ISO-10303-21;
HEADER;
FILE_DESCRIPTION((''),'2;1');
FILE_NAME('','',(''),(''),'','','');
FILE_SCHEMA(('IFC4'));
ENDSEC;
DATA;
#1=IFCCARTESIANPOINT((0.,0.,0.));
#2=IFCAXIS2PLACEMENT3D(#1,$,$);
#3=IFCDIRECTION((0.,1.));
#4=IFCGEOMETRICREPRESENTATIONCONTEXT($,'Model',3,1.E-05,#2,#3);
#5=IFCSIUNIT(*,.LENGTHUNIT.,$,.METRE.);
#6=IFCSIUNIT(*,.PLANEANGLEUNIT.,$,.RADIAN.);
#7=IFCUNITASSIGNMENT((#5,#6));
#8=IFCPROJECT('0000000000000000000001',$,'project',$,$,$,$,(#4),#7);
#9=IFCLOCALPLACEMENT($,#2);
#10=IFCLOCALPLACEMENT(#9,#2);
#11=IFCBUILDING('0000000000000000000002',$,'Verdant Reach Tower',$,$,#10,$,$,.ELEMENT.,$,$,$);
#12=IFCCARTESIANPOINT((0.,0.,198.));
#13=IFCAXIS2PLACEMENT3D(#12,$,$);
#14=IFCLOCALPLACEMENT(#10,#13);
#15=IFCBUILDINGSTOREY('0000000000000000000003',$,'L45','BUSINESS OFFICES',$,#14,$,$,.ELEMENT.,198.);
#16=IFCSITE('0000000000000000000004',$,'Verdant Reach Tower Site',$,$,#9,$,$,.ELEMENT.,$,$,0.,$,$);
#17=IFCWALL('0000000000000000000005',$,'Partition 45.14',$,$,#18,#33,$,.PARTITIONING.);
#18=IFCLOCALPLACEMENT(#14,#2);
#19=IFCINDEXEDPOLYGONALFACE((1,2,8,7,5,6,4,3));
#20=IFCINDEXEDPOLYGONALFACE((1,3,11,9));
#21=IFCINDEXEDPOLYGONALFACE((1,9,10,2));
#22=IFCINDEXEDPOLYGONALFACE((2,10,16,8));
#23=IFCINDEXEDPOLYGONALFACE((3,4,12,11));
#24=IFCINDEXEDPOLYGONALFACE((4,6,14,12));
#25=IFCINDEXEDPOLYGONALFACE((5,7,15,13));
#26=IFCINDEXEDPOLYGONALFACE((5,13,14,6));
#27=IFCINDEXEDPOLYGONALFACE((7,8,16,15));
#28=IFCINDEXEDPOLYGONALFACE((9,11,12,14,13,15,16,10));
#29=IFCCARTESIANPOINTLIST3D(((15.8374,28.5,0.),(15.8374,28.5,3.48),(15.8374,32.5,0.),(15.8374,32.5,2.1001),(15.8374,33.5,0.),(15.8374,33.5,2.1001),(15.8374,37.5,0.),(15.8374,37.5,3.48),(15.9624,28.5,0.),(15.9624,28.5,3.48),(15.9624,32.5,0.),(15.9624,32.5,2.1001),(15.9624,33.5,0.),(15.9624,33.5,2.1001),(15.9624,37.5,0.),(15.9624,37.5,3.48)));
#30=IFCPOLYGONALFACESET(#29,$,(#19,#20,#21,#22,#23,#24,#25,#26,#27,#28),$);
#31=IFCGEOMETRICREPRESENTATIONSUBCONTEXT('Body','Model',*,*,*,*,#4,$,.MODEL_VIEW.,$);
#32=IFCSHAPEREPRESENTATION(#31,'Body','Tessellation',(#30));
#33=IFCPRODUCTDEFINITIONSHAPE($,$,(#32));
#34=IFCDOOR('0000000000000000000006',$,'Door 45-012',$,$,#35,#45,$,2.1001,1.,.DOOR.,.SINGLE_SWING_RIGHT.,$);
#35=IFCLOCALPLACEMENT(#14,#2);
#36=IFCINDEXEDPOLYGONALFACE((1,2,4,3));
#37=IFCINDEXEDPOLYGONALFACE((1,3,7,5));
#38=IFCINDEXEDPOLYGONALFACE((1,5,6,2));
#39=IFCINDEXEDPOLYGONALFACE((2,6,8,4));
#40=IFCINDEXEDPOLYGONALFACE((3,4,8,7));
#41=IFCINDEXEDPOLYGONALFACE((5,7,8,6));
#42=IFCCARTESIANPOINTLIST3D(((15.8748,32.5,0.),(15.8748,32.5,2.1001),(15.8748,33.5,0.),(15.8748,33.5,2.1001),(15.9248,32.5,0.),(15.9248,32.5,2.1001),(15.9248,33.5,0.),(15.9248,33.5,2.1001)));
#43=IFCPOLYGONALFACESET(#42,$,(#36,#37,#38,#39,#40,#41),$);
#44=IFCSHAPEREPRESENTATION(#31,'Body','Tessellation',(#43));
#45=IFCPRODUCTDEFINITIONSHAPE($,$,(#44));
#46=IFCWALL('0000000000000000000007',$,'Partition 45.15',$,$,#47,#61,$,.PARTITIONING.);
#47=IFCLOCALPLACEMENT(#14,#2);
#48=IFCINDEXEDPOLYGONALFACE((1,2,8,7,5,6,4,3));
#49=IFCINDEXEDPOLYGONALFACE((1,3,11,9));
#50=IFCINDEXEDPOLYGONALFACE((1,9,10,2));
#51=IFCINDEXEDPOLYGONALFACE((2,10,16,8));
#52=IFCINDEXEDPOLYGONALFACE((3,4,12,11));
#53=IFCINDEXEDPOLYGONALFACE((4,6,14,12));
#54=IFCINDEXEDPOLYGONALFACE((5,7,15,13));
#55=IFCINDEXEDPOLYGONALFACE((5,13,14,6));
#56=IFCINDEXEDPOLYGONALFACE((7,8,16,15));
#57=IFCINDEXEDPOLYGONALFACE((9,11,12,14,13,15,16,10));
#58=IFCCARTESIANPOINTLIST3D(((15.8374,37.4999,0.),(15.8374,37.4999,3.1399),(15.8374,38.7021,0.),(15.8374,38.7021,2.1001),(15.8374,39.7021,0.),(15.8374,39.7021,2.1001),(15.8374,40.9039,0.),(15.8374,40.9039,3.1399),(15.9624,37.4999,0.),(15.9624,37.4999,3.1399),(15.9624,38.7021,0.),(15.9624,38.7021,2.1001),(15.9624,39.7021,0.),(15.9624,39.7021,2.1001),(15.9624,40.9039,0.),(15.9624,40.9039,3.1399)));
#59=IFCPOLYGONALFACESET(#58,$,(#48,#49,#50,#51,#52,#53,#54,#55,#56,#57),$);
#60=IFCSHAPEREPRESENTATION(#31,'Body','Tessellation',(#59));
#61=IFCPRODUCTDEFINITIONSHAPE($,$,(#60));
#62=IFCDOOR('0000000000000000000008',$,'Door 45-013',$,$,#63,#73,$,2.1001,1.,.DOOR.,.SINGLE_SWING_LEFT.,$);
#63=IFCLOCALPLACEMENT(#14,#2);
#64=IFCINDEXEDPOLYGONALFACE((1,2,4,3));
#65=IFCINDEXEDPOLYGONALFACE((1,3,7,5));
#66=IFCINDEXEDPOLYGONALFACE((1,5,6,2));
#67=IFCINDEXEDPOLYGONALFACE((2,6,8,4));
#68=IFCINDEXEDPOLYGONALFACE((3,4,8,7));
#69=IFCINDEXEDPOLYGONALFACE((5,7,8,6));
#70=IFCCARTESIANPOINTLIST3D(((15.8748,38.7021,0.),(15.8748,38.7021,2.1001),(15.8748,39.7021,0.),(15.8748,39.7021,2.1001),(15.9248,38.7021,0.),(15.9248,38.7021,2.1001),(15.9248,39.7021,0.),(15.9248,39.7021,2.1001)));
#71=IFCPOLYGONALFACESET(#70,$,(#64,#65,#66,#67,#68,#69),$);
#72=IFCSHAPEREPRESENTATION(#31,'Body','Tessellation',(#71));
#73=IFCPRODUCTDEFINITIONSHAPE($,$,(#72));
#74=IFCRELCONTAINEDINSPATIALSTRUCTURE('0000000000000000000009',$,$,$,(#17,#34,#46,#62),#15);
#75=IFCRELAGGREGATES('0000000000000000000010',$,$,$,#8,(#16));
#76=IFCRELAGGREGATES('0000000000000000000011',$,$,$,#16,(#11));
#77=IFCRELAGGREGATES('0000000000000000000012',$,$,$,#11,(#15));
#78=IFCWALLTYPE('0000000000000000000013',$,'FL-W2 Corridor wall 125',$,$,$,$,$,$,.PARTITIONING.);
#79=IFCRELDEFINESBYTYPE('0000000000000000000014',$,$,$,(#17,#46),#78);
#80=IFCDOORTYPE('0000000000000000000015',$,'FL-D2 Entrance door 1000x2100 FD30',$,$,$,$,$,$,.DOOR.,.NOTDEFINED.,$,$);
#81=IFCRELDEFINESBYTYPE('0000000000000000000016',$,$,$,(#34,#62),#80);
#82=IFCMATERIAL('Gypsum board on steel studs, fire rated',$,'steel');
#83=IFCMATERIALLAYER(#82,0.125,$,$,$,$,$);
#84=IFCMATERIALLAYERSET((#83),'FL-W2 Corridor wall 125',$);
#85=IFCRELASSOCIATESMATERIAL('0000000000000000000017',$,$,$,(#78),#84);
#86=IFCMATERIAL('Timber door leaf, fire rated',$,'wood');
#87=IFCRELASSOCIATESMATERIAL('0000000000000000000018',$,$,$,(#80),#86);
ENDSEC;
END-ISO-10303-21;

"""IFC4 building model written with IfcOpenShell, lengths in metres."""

from ifc_helpers import new_model, si_unit, direction, frame, frame_2d, origin, place, context, subcontext, project, spatial, rectangle, extrude, material, layer, layer_set, type_object, element, fill, save


model = new_model("IFC4")

# Units and contexts
model_context = context("Model", 3, precision=1e-05, world=origin(), true_north=direction((0.0, 1.0)))
body_context = subcontext(model_context, "Body", "Model", "MODEL_VIEW")
ifc_project = project(units=[si_unit("LENGTHUNIT", "METRE"), si_unit("PLANEANGLEUNIT", "RADIAN")], contexts=[model_context])

# Site, building, storey
site_placement = place(None, origin())
site = spatial("IfcSite", under=ifc_project, at=site_placement, Name="Verdant Reach Tower Site", CompositionType="ELEMENT", RefElevation=0.0)
building_placement = place(site_placement, origin())
building = spatial("IfcBuilding", under=site, at=building_placement, Name="Verdant Reach Tower", CompositionType="ELEMENT")
storey_placement = place(building_placement, frame((0.0, 0.0, 198.0)))
storey = spatial("IfcBuildingStorey", under=building, at=storey_placement, Name="L45", Description="BUSINESS OFFICES", CompositionType="ELEMENT", Elevation=198.0)

# Walls, openings, doors
ifc_material_1 = material(Name="Gypsum board on steel studs, fire rated", Category="steel")
ifc_layer_1 = layer(ifc_material_1, 0.125)
ifc_layer_set_1 = layer_set([ifc_layer_1], Name="FL-W2 Corridor wall 125")
wall_type_1 = type_object("IfcWallType", Name="FL-W2 Corridor wall 125", PredefinedType="PARTITIONING", material=ifc_layer_set_1)
wall_1_placement = place(storey_placement, frame((15.8999, 37.5, 0.0), z_axis=(0.0, 0.0, 1.0), x_axis=(0.0, -1.0, 0.0)))
wall_1 = element("IfcWall", 1, at=wall_1_placement, inside=storey, type_object=wall_type_1, Name="Partition 45.14", PredefinedType="PARTITIONING", context=body_context, shape_type="SweptSolid", body=[
    extrude(rectangle(XDim=9.0, YDim=0.125, at=frame_2d((4.5, 0.0))), origin(), (0.0, 0.0, 1.0), 3.48),
])
opening_1_placement = place(wall_1_placement, frame((4.0, 0.0, 0.0)))
opening_1 = element("IfcOpeningElement", 2, at=opening_1_placement, cuts=wall_1, PredefinedType="OPENING", context=body_context, shape_type="SweptSolid", body=[
    extrude(rectangle(XDim=1.0, YDim=2.1001, at=frame_2d((0.5, 1.05))), frame((0.0, 0.0725, 0.0), z_axis=(0.0, -1.0, 0.0), x_axis=(1.0, 0.0, 0.0)), (0.0, 0.0, 1.0), 0.145),
])
ifc_material_2 = material(Name="Timber door leaf, fire rated", Category="wood")
door_type = type_object("IfcDoorType", Name="FL-D2 Entrance door 1000x2100 FD30", OperationType="NOTDEFINED", PredefinedType="DOOR", material=ifc_material_2)
door_1_placement = place(opening_1_placement, origin())
door_1 = element("IfcDoor", 3, at=door_1_placement, inside=storey, type_object=door_type, Name="Door 45-012", OperationType="SINGLE_SWING_RIGHT", OverallHeight=2.1001, OverallWidth=1.0, PredefinedType="DOOR", context=body_context, shape_type="SweptSolid", body=[
    extrude(rectangle(XDim=1.0, YDim=2.1001, at=frame_2d((0.5, 1.05))), frame((0.0, 0.0249, 0.0), z_axis=(0.0, -1.0, 0.0), x_axis=(1.0, 0.0, 0.0)), (0.0, 0.0, 1.0), 0.05),
])
fill(opening_1, door_1)
wall_2_placement = place(storey_placement, frame((15.8999, 40.9041, 0.0), z_axis=(0.0, 0.0, 1.0), x_axis=(0.0, -1.0, 0.0)))
wall_2 = element("IfcWall", 4, at=wall_2_placement, inside=storey, type_object=wall_type_1, Name="Partition 45.15", PredefinedType="PARTITIONING", context=body_context, shape_type="SweptSolid", body=[
    extrude(rectangle(XDim=3.4041, YDim=0.125, at=frame_2d((1.7021, 0.0))), origin(), (0.0, 0.0, 1.0), 3.1399),
])
opening_2_placement = place(wall_2_placement, frame((1.2019, 0.0, 0.0)))
opening_2 = element("IfcOpeningElement", 5, at=opening_2_placement, cuts=wall_2, PredefinedType="OPENING", context=body_context, shape_type="SweptSolid", body=[
    extrude(rectangle(XDim=1.0, YDim=2.1001, at=frame_2d((0.5, 1.05))), frame((0.0, 0.0725, 0.0), z_axis=(0.0, -1.0, 0.0), x_axis=(1.0, 0.0, 0.0)), (0.0, 0.0, 1.0), 0.145),
])
door_2_placement = place(opening_2_placement, origin())
door_2 = element("IfcDoor", 6, at=door_2_placement, inside=storey, type_object=door_type, Name="Door 45-013", OperationType="SINGLE_SWING_LEFT", OverallHeight=2.1001, OverallWidth=1.0, PredefinedType="DOOR", context=body_context, shape_type="SweptSolid", body=[
    extrude(rectangle(XDim=1.0, YDim=2.1001, at=frame_2d((0.5, 1.05))), frame((0.0, 0.0249, 0.0), z_axis=(0.0, -1.0, 0.0), x_axis=(1.0, 0.0, 0.0)), (0.0, 0.0, 1.0), 0.05),
])
fill(opening_2, door_2)

save(model, "model.ifc")
